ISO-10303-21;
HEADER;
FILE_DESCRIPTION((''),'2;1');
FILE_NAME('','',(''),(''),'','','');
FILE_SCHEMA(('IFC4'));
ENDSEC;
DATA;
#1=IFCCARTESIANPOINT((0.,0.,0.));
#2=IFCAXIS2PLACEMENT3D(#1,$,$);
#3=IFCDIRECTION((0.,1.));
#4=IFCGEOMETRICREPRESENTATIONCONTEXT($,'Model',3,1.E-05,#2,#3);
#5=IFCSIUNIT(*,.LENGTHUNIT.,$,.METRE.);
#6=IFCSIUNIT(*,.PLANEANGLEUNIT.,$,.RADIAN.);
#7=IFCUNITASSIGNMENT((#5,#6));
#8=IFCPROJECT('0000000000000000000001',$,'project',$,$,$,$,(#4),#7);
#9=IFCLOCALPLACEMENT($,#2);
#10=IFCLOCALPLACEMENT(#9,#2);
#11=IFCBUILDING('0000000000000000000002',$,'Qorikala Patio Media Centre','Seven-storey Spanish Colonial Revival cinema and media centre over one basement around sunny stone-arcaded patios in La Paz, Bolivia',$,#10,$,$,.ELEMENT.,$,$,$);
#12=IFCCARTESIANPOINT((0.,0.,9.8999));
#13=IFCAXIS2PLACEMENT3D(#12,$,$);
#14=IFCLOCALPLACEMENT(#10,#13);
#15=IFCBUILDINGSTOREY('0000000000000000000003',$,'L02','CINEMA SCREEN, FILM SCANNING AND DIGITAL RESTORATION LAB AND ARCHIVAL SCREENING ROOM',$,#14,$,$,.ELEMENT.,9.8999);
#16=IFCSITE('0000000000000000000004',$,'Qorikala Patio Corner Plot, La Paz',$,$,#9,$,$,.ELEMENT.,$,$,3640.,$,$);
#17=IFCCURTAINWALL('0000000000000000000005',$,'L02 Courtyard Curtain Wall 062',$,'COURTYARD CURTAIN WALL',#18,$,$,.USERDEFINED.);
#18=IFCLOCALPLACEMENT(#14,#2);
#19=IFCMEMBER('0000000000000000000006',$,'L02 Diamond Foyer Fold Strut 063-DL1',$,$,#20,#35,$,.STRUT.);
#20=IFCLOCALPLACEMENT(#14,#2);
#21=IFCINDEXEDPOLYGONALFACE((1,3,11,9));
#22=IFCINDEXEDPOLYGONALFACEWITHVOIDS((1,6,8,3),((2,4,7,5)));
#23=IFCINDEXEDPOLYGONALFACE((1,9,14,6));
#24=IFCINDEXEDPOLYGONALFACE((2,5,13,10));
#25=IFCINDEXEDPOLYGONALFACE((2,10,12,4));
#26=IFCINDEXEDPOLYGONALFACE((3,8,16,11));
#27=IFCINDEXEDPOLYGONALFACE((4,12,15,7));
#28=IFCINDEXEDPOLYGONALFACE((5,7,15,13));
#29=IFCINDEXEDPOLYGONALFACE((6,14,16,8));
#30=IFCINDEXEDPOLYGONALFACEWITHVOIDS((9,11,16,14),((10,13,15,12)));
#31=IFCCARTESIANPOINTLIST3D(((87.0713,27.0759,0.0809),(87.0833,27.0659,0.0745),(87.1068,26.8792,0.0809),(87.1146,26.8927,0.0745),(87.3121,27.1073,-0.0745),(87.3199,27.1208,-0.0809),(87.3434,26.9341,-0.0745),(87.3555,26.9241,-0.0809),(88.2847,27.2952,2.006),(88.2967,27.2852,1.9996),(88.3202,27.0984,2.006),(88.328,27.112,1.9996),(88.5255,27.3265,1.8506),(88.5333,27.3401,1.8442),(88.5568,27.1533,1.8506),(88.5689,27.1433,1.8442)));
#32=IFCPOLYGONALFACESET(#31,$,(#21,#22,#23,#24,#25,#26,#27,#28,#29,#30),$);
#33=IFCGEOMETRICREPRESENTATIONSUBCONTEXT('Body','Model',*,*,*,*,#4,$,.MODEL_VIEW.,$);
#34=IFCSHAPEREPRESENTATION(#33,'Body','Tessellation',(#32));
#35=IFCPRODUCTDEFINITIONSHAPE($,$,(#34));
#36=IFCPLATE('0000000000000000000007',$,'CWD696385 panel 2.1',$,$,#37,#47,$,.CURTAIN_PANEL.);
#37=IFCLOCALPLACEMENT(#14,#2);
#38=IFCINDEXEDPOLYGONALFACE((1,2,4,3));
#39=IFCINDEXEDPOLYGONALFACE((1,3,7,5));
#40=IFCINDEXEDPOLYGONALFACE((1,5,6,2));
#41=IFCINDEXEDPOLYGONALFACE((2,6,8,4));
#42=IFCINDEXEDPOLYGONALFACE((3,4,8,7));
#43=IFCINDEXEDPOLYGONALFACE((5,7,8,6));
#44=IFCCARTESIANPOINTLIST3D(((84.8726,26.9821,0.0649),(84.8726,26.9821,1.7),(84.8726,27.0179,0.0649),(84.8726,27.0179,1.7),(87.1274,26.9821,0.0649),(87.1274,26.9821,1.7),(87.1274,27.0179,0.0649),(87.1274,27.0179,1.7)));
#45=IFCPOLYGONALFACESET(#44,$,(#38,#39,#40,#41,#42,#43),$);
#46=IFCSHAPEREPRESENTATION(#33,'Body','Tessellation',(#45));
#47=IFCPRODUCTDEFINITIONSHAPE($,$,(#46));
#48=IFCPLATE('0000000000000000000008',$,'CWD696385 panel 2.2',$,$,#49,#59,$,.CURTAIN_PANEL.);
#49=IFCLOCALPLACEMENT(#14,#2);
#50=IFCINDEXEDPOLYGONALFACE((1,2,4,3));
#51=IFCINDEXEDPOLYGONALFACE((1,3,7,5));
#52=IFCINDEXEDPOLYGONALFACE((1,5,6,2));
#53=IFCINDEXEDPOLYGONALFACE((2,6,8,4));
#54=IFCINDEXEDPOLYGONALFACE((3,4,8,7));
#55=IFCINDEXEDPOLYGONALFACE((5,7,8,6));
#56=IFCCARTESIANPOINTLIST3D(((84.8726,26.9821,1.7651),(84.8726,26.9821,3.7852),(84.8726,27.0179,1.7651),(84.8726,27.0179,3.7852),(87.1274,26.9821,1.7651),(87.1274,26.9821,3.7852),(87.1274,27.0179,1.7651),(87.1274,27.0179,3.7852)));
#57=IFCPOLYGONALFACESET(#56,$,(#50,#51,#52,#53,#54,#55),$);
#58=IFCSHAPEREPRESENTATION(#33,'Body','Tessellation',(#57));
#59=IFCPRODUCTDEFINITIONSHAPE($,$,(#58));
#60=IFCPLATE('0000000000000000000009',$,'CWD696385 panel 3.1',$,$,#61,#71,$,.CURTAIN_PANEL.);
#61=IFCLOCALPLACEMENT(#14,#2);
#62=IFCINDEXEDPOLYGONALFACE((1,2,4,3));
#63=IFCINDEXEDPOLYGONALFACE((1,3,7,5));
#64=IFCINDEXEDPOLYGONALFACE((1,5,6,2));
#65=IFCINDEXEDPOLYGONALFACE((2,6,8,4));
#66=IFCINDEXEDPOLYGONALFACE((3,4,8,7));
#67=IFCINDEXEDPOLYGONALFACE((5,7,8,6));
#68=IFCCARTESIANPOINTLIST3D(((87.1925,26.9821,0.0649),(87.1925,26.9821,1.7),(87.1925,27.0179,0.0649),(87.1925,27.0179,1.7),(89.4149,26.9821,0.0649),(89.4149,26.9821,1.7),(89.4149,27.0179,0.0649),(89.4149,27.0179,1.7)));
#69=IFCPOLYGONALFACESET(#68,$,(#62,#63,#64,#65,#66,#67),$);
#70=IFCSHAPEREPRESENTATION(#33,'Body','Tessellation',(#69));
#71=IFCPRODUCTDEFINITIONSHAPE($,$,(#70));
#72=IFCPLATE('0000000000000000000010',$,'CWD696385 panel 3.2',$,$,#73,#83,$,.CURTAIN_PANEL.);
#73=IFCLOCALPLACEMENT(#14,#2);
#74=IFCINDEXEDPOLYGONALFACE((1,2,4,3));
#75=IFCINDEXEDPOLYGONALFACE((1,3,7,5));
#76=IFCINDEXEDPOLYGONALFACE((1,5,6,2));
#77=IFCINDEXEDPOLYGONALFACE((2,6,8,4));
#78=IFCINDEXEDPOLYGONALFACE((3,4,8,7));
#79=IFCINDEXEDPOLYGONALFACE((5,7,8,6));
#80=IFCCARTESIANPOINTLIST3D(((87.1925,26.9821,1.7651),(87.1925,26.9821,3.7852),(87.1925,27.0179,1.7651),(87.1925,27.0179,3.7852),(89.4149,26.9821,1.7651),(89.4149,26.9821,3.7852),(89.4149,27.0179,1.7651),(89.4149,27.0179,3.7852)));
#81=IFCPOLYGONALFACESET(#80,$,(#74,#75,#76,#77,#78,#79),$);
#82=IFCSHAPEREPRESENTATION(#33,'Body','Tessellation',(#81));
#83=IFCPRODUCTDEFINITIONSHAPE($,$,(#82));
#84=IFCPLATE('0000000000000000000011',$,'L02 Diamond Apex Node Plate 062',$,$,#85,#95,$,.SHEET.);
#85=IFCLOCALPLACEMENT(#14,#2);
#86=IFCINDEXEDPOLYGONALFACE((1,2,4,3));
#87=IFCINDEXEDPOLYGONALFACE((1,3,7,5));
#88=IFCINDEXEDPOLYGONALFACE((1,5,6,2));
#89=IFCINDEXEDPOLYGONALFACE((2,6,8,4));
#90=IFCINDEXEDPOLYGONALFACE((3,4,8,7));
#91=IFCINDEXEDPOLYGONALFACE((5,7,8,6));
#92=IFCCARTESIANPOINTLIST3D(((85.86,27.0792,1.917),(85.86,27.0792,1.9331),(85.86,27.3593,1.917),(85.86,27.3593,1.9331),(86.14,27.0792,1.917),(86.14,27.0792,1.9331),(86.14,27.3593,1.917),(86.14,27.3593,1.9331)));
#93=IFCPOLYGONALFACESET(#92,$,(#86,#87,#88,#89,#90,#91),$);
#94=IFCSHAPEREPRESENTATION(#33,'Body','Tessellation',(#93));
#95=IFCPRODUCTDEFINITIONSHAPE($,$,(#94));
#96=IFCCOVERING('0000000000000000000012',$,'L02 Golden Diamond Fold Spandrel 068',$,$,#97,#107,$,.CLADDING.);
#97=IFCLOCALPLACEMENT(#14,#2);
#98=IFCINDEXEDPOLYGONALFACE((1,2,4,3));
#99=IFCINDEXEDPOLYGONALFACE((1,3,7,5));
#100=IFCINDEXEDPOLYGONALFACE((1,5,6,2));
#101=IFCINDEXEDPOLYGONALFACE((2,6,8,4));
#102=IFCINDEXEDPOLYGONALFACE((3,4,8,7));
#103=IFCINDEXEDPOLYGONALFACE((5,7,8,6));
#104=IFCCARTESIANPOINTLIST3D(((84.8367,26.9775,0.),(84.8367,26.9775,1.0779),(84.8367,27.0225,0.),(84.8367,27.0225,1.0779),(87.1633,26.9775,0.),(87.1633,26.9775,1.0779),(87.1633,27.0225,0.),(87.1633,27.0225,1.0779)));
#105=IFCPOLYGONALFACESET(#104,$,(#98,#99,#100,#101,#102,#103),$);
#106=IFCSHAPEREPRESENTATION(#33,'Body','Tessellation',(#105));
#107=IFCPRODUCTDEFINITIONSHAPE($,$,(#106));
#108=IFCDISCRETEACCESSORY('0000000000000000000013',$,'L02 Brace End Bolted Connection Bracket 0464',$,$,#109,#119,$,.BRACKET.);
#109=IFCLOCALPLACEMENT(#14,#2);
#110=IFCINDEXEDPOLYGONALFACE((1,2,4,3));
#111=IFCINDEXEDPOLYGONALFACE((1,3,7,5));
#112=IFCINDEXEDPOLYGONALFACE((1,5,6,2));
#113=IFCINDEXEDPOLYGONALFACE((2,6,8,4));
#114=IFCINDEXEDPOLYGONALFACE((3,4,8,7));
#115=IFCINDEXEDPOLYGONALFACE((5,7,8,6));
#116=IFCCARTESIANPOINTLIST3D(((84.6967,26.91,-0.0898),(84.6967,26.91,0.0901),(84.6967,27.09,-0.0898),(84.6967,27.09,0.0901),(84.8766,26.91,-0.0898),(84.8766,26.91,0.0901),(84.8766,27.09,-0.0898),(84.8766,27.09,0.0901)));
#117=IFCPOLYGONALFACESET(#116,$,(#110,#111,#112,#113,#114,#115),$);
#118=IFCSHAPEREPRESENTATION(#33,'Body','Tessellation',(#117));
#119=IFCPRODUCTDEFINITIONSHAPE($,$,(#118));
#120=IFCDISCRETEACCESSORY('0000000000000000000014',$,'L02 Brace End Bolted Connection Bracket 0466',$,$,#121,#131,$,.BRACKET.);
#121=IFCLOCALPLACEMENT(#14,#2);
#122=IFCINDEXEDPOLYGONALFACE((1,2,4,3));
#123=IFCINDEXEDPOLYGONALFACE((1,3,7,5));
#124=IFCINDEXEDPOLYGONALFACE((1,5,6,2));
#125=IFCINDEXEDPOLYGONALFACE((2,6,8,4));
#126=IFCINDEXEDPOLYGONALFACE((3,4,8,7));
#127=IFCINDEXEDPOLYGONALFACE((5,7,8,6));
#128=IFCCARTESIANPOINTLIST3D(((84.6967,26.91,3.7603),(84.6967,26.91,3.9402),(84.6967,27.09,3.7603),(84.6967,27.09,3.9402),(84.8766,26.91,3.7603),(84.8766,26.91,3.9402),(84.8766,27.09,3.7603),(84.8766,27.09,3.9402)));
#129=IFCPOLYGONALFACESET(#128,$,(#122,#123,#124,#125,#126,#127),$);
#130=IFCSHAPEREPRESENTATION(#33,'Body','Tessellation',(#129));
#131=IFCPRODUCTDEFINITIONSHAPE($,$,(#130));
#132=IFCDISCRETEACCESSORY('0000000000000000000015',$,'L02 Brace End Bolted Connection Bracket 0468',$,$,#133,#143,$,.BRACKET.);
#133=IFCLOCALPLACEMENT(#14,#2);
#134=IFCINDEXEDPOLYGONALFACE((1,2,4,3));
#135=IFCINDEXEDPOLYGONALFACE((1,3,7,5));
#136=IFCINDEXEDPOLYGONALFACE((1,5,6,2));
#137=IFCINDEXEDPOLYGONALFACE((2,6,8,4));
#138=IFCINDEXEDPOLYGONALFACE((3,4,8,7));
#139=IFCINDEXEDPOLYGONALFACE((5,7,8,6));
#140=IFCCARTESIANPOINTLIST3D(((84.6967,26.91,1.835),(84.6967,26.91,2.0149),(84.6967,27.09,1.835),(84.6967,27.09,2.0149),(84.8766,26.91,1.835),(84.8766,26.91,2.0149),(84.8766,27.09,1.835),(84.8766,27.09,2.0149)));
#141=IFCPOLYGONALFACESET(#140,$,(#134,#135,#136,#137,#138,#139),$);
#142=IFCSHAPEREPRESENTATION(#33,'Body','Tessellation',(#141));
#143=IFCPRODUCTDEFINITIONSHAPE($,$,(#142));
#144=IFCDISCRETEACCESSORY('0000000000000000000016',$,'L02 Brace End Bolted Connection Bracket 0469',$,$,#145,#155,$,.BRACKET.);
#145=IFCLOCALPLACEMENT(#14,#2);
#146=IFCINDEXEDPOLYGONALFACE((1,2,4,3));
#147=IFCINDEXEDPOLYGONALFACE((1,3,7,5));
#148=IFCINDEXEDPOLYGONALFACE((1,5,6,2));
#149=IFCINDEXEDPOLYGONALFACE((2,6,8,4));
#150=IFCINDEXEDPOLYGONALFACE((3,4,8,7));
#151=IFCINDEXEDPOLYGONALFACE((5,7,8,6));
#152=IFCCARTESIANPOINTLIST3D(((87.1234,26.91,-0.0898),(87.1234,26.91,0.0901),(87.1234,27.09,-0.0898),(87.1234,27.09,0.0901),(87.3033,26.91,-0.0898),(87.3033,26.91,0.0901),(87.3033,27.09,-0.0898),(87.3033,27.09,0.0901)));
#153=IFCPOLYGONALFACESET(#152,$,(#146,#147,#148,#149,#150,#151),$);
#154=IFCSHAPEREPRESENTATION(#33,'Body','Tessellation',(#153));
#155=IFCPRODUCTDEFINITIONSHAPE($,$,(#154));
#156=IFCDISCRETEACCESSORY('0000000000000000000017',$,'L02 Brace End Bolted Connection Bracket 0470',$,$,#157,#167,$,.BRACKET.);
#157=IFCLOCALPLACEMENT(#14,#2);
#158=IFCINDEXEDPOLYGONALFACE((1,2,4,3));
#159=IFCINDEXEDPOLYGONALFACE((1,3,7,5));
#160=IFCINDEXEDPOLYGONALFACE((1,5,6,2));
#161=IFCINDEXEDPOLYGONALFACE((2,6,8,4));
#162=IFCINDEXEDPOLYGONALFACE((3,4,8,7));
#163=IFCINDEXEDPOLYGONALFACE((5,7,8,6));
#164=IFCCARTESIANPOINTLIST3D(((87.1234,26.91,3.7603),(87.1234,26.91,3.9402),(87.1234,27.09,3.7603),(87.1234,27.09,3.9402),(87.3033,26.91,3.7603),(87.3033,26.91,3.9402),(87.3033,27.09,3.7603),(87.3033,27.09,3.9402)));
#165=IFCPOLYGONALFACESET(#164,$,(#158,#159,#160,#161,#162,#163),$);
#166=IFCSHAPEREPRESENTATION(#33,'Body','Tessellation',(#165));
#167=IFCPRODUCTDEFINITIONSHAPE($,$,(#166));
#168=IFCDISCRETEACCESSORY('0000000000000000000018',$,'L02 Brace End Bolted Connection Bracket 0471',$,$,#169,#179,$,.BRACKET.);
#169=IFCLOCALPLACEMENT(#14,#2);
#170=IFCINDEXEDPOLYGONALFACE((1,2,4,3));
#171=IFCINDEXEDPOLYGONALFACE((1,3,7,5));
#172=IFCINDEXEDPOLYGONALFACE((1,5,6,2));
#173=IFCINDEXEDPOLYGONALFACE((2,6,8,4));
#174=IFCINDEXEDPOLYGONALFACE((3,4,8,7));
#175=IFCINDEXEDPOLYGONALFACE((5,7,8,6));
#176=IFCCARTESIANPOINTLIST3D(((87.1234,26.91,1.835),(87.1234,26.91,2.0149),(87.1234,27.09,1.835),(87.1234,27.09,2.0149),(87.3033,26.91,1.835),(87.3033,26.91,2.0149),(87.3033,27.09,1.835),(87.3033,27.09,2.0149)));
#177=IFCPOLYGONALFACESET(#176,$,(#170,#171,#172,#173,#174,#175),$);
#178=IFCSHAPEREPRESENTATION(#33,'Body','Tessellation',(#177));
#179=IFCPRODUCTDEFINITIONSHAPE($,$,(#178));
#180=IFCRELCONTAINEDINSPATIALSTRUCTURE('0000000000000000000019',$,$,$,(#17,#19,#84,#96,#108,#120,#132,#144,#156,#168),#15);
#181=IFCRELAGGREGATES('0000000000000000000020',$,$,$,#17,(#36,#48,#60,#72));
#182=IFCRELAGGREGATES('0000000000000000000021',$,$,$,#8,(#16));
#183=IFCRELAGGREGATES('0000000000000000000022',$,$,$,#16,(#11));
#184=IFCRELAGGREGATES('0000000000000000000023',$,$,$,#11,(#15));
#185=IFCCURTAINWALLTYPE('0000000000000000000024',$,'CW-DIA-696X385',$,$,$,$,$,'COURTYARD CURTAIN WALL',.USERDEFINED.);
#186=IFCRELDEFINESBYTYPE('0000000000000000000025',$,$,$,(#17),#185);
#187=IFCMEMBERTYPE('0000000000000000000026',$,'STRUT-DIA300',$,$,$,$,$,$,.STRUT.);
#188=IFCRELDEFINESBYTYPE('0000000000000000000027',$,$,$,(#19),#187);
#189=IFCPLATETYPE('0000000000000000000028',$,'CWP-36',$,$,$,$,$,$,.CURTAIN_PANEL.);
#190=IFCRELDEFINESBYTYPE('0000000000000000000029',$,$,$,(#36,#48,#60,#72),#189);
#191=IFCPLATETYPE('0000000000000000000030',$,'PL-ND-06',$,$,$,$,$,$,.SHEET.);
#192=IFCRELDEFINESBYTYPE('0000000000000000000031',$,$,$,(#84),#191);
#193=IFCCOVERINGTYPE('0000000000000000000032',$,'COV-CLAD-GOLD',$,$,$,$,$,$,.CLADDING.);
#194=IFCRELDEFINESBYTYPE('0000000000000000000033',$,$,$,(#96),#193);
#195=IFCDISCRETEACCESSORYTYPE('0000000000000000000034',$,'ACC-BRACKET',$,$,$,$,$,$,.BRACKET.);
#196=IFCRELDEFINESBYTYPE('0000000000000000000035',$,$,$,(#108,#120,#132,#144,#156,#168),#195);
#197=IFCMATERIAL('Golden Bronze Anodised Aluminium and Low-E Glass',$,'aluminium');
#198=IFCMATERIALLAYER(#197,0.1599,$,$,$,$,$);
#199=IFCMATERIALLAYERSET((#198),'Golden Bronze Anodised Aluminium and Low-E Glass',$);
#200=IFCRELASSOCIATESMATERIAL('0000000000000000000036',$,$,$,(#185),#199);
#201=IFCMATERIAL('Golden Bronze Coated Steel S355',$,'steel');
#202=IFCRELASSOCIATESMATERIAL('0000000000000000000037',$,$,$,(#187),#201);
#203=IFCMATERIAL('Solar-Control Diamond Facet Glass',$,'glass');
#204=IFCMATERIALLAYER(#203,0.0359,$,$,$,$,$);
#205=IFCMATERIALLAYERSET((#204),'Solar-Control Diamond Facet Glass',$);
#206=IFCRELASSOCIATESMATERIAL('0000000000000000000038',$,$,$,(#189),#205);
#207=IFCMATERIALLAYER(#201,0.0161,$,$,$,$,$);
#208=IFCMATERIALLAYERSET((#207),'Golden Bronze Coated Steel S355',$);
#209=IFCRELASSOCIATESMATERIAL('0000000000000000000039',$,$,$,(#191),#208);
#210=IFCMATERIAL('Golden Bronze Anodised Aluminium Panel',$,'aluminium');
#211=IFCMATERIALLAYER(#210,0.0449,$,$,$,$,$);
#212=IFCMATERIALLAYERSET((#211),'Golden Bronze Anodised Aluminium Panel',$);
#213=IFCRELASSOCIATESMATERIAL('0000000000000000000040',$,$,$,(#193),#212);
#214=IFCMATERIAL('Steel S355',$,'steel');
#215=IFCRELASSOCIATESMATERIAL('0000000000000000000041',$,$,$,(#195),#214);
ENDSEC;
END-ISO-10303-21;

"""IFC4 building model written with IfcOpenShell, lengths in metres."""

from ifc_helpers import new_model, si_unit, direction, frame, origin, origin_2d, place, context, subcontext, project, spatial, rectangle, hollow_rectangle, extrude, material, layer, layer_set, material_profile, profile_set, type_object, element, aggregate, save


model = new_model("IFC4")

# Units and contexts
model_context = context("Model", 3, precision=1e-05, world=origin(), true_north=direction((0.0, 1.0)))
body_context = subcontext(model_context, "Body", "Model", "MODEL_VIEW")
ifc_project = project(units=[si_unit("LENGTHUNIT", "METRE"), si_unit("PLANEANGLEUNIT", "RADIAN")], contexts=[model_context])

# Site, building, storey
site_placement = place(None, origin())
site = spatial("IfcSite", under=ifc_project, at=site_placement, Name="Qorikala Patio Corner Plot, La Paz", CompositionType="ELEMENT", RefElevation=3640.0)
building_placement = place(site_placement, origin())
building = spatial("IfcBuilding", under=site, at=building_placement, Name="Qorikala Patio Media Centre", Description="Seven-storey Spanish Colonial Revival cinema and media centre over one basement around sunny stone-arcaded patios in La Paz, Bolivia", CompositionType="ELEMENT")
storey_placement = place(building_placement, frame((0.0, 0.0, 9.8999)))
storey = spatial("IfcBuildingStorey", under=building, at=storey_placement, Name="L02", Description="CINEMA SCREEN, FILM SCANNING AND DIGITAL RESTORATION LAB AND ARCHIVAL SCREENING ROOM", CompositionType="ELEMENT", Elevation=9.8999)

# Shared definitions
ifc_material_1 = material(Name="Golden Bronze Coated Steel S355", Category="steel")

# Curtain wall
ifc_material_2 = material(Name="Golden Bronze Anodised Aluminium and Low-E Glass", Category="aluminium")
ifc_layer_1 = layer(ifc_material_2, 0.1599)
ifc_layer_set_1 = layer_set([ifc_layer_1], Name="Golden Bronze Anodised Aluminium and Low-E Glass")
curtain_wall_type = type_object("IfcCurtainWallType", Name="CW-DIA-696X385", ElementType="COURTYARD CURTAIN WALL", PredefinedType="USERDEFINED", material=ifc_layer_set_1)
curtain_wall_placement = place(storey_placement, origin())
curtain_wall = element("IfcCurtainWall", 1, at=curtain_wall_placement, inside=storey, type_object=curtain_wall_type, Name="L02 Courtyard Curtain Wall 062", ObjectType="COURTYARD CURTAIN WALL", PredefinedType="USERDEFINED")

# Member
ifc_material_profile_1 = material_profile(ifc_material_1, hollow_rectangle(XDim=0.2, YDim=0.3, WallThickness=0.012, at=origin_2d()), Name="HSS300X200X12")
ifc_profile_set_1 = profile_set([ifc_material_profile_1], Name="Golden Bronze Coated Steel S355")
member_type_1 = type_object("IfcMemberType", Name="STRUT-DIA300", PredefinedType="STRUT", material=ifc_profile_set_1)
for number, where, z_axis, x_axis, name in (
    (2, (87.2134, 27.0, 0.0), (0.530768, 0.095901, 0.842074), (-0.177805, 0.984066, 0.0), "L02 Diamond Foyer Fold Strut 063-DL1"),
):
    element("IfcMember", number, at=place(storey_placement, frame(where, z_axis=z_axis, x_axis=x_axis)), inside=storey, type_object=member_type_1, Name=name, PredefinedType="STRUT", context=body_context, shape_type="SweptSolid", body=[
        extrude(hollow_rectangle(XDim=0.2, YDim=0.3, WallThickness=0.012, at=origin_2d()), origin(), (0.0, 0.0, 1.0), 2.2861),
    ])

# Plates
ifc_material_3 = material(Name="Solar-Control Diamond Facet Glass", Category="glass")
ifc_layer_2 = layer(ifc_material_3, 0.0359)
ifc_layer_set_2 = layer_set([ifc_layer_2], Name="Solar-Control Diamond Facet Glass")
plate_type_1 = type_object("IfcPlateType", Name="CWP-36", PredefinedType="CURTAIN_PANEL", material=ifc_layer_set_2)
plate_1_placement = place(storey_placement, frame((86.0, 27.0, 0.0649), z_axis=(0.0, 0.0, 1.0), x_axis=(1.0, 0.0, 0.0)))
plate_1 = element("IfcPlate", 3, at=plate_1_placement, type_object=plate_type_1, Name="CWD696385 panel 2.1", PredefinedType="CURTAIN_PANEL", context=body_context, shape_type="SweptSolid", body=[
    extrude(rectangle(XDim=2.2549, YDim=0.0359, at=origin_2d()), origin(), (0.0, 0.0, 1.0), 1.635),
])
plate_2_placement = place(storey_placement, frame((86.0, 27.0, 1.7651), z_axis=(0.0, 0.0, 1.0), x_axis=(1.0, 0.0, 0.0)))
plate_2 = element("IfcPlate", 4, at=plate_2_placement, type_object=plate_type_1, Name="CWD696385 panel 2.2", PredefinedType="CURTAIN_PANEL", context=body_context, shape_type="SweptSolid", body=[
    extrude(rectangle(XDim=2.2549, YDim=0.0359, at=origin_2d()), origin(), (0.0, 0.0, 1.0), 2.02),
])
plate_3_placement = place(storey_placement, frame((88.3037, 27.0, 0.0649), z_axis=(0.0, 0.0, 1.0), x_axis=(1.0, 0.0, 0.0)))
plate_3 = element("IfcPlate", 5, at=plate_3_placement, type_object=plate_type_1, Name="CWD696385 panel 3.1", PredefinedType="CURTAIN_PANEL", context=body_context, shape_type="SweptSolid", body=[
    extrude(rectangle(XDim=2.2224, YDim=0.0359, at=origin_2d()), origin(), (0.0, 0.0, 1.0), 1.635),
])
plate_4_placement = place(storey_placement, frame((88.3037, 27.0, 1.7651), z_axis=(0.0, 0.0, 1.0), x_axis=(1.0, 0.0, 0.0)))
plate_4 = element("IfcPlate", 6, at=plate_4_placement, type_object=plate_type_1, Name="CWD696385 panel 3.2", PredefinedType="CURTAIN_PANEL", context=body_context, shape_type="SweptSolid", body=[
    extrude(rectangle(XDim=2.2224, YDim=0.0359, at=origin_2d()), origin(), (0.0, 0.0, 1.0), 2.02),
])
aggregate(curtain_wall, [plate_1, plate_2, plate_3, plate_4])
ifc_layer_3 = layer(ifc_material_1, 0.0161)
ifc_layer_set_3 = layer_set([ifc_layer_3], Name="Golden Bronze Coated Steel S355")
plate_type_2 = type_object("IfcPlateType", Name="PL-ND-06", PredefinedType="SHEET", material=ifc_layer_set_3)
plate_5_placement = place(storey_placement, frame((86.0, 27.2192, 1.917), z_axis=(0.0, 0.0, 1.0), x_axis=(1.0, 0.0, 0.0)))
element("IfcPlate", 7, at=plate_5_placement, inside=storey, type_object=plate_type_2, Name="L02 Diamond Apex Node Plate 062", PredefinedType="SHEET", context=body_context, shape_type="SweptSolid", body=[
    extrude(rectangle(XDim=0.28, YDim=0.28, at=origin_2d()), origin(), (0.0, 0.0, 1.0), 0.0161),
])

# Covering
ifc_material_4 = material(Name="Golden Bronze Anodised Aluminium Panel", Category="aluminium")
ifc_layer_4 = layer(ifc_material_4, 0.0449)
ifc_layer_set_4 = layer_set([ifc_layer_4], Name="Golden Bronze Anodised Aluminium Panel")
covering_type = type_object("IfcCoveringType", Name="COV-CLAD-GOLD", PredefinedType="CLADDING", material=ifc_layer_set_4)
covering_placement = place(storey_placement, frame((86.0, 27.0, 0.0), z_axis=(0.0, 0.0, 1.0), x_axis=(1.0, 0.0, 0.0)))
element("IfcCovering", 8, at=covering_placement, inside=storey, type_object=covering_type, Name="L02 Golden Diamond Fold Spandrel 068", PredefinedType="CLADDING", context=body_context, shape_type="SweptSolid", body=[
    extrude(rectangle(XDim=2.3267, YDim=0.0449, at=origin_2d()), origin(), (0.0, 0.0, 1.0), 1.0779),
])

# Discrete accessories
ifc_material_5 = material(Name="Steel S355", Category="steel")
discrete_accessory_type = type_object("IfcDiscreteAccessoryType", Name="ACC-BRACKET", PredefinedType="BRACKET", material=ifc_material_5)
for number, where, z_axis, x_axis, name in (
    (9, (84.7866, 27.0, -0.0898), (0.0, 0.0, 1.0), (1.0, 0.0, 0.0), "L02 Brace End Bolted Connection Bracket 0464"),
    (10, (84.7866, 27.0, 3.7603), (0.0, 0.0, 1.0), (1.0, 0.0, 0.0), "L02 Brace End Bolted Connection Bracket 0466"),
    (11, (84.7866, 27.0, 1.835), (0.0, 0.0, 1.0), (1.0, 0.0, 0.0), "L02 Brace End Bolted Connection Bracket 0468"),
    (12, (87.2134, 27.0, -0.0898), (0.0, 0.0, 1.0), (1.0, 0.0, 0.0), "L02 Brace End Bolted Connection Bracket 0469"),
    (13, (87.2134, 27.0, 3.7603), (0.0, 0.0, 1.0), (1.0, 0.0, 0.0), "L02 Brace End Bolted Connection Bracket 0470"),
    (14, (87.2134, 27.0, 1.835), (0.0, 0.0, 1.0), (1.0, 0.0, 0.0), "L02 Brace End Bolted Connection Bracket 0471"),
):
    element("IfcDiscreteAccessory", number, at=place(storey_placement, frame(where, z_axis=z_axis, x_axis=x_axis)), inside=storey, type_object=discrete_accessory_type, Name=name, PredefinedType="BRACKET", context=body_context, shape_type="SweptSolid", body=[
        extrude(rectangle(XDim=0.1799, YDim=0.1799, at=origin_2d()), origin(), (0.0, 0.0, 1.0), 0.1799),
    ])

save(model, "model.ifc")
